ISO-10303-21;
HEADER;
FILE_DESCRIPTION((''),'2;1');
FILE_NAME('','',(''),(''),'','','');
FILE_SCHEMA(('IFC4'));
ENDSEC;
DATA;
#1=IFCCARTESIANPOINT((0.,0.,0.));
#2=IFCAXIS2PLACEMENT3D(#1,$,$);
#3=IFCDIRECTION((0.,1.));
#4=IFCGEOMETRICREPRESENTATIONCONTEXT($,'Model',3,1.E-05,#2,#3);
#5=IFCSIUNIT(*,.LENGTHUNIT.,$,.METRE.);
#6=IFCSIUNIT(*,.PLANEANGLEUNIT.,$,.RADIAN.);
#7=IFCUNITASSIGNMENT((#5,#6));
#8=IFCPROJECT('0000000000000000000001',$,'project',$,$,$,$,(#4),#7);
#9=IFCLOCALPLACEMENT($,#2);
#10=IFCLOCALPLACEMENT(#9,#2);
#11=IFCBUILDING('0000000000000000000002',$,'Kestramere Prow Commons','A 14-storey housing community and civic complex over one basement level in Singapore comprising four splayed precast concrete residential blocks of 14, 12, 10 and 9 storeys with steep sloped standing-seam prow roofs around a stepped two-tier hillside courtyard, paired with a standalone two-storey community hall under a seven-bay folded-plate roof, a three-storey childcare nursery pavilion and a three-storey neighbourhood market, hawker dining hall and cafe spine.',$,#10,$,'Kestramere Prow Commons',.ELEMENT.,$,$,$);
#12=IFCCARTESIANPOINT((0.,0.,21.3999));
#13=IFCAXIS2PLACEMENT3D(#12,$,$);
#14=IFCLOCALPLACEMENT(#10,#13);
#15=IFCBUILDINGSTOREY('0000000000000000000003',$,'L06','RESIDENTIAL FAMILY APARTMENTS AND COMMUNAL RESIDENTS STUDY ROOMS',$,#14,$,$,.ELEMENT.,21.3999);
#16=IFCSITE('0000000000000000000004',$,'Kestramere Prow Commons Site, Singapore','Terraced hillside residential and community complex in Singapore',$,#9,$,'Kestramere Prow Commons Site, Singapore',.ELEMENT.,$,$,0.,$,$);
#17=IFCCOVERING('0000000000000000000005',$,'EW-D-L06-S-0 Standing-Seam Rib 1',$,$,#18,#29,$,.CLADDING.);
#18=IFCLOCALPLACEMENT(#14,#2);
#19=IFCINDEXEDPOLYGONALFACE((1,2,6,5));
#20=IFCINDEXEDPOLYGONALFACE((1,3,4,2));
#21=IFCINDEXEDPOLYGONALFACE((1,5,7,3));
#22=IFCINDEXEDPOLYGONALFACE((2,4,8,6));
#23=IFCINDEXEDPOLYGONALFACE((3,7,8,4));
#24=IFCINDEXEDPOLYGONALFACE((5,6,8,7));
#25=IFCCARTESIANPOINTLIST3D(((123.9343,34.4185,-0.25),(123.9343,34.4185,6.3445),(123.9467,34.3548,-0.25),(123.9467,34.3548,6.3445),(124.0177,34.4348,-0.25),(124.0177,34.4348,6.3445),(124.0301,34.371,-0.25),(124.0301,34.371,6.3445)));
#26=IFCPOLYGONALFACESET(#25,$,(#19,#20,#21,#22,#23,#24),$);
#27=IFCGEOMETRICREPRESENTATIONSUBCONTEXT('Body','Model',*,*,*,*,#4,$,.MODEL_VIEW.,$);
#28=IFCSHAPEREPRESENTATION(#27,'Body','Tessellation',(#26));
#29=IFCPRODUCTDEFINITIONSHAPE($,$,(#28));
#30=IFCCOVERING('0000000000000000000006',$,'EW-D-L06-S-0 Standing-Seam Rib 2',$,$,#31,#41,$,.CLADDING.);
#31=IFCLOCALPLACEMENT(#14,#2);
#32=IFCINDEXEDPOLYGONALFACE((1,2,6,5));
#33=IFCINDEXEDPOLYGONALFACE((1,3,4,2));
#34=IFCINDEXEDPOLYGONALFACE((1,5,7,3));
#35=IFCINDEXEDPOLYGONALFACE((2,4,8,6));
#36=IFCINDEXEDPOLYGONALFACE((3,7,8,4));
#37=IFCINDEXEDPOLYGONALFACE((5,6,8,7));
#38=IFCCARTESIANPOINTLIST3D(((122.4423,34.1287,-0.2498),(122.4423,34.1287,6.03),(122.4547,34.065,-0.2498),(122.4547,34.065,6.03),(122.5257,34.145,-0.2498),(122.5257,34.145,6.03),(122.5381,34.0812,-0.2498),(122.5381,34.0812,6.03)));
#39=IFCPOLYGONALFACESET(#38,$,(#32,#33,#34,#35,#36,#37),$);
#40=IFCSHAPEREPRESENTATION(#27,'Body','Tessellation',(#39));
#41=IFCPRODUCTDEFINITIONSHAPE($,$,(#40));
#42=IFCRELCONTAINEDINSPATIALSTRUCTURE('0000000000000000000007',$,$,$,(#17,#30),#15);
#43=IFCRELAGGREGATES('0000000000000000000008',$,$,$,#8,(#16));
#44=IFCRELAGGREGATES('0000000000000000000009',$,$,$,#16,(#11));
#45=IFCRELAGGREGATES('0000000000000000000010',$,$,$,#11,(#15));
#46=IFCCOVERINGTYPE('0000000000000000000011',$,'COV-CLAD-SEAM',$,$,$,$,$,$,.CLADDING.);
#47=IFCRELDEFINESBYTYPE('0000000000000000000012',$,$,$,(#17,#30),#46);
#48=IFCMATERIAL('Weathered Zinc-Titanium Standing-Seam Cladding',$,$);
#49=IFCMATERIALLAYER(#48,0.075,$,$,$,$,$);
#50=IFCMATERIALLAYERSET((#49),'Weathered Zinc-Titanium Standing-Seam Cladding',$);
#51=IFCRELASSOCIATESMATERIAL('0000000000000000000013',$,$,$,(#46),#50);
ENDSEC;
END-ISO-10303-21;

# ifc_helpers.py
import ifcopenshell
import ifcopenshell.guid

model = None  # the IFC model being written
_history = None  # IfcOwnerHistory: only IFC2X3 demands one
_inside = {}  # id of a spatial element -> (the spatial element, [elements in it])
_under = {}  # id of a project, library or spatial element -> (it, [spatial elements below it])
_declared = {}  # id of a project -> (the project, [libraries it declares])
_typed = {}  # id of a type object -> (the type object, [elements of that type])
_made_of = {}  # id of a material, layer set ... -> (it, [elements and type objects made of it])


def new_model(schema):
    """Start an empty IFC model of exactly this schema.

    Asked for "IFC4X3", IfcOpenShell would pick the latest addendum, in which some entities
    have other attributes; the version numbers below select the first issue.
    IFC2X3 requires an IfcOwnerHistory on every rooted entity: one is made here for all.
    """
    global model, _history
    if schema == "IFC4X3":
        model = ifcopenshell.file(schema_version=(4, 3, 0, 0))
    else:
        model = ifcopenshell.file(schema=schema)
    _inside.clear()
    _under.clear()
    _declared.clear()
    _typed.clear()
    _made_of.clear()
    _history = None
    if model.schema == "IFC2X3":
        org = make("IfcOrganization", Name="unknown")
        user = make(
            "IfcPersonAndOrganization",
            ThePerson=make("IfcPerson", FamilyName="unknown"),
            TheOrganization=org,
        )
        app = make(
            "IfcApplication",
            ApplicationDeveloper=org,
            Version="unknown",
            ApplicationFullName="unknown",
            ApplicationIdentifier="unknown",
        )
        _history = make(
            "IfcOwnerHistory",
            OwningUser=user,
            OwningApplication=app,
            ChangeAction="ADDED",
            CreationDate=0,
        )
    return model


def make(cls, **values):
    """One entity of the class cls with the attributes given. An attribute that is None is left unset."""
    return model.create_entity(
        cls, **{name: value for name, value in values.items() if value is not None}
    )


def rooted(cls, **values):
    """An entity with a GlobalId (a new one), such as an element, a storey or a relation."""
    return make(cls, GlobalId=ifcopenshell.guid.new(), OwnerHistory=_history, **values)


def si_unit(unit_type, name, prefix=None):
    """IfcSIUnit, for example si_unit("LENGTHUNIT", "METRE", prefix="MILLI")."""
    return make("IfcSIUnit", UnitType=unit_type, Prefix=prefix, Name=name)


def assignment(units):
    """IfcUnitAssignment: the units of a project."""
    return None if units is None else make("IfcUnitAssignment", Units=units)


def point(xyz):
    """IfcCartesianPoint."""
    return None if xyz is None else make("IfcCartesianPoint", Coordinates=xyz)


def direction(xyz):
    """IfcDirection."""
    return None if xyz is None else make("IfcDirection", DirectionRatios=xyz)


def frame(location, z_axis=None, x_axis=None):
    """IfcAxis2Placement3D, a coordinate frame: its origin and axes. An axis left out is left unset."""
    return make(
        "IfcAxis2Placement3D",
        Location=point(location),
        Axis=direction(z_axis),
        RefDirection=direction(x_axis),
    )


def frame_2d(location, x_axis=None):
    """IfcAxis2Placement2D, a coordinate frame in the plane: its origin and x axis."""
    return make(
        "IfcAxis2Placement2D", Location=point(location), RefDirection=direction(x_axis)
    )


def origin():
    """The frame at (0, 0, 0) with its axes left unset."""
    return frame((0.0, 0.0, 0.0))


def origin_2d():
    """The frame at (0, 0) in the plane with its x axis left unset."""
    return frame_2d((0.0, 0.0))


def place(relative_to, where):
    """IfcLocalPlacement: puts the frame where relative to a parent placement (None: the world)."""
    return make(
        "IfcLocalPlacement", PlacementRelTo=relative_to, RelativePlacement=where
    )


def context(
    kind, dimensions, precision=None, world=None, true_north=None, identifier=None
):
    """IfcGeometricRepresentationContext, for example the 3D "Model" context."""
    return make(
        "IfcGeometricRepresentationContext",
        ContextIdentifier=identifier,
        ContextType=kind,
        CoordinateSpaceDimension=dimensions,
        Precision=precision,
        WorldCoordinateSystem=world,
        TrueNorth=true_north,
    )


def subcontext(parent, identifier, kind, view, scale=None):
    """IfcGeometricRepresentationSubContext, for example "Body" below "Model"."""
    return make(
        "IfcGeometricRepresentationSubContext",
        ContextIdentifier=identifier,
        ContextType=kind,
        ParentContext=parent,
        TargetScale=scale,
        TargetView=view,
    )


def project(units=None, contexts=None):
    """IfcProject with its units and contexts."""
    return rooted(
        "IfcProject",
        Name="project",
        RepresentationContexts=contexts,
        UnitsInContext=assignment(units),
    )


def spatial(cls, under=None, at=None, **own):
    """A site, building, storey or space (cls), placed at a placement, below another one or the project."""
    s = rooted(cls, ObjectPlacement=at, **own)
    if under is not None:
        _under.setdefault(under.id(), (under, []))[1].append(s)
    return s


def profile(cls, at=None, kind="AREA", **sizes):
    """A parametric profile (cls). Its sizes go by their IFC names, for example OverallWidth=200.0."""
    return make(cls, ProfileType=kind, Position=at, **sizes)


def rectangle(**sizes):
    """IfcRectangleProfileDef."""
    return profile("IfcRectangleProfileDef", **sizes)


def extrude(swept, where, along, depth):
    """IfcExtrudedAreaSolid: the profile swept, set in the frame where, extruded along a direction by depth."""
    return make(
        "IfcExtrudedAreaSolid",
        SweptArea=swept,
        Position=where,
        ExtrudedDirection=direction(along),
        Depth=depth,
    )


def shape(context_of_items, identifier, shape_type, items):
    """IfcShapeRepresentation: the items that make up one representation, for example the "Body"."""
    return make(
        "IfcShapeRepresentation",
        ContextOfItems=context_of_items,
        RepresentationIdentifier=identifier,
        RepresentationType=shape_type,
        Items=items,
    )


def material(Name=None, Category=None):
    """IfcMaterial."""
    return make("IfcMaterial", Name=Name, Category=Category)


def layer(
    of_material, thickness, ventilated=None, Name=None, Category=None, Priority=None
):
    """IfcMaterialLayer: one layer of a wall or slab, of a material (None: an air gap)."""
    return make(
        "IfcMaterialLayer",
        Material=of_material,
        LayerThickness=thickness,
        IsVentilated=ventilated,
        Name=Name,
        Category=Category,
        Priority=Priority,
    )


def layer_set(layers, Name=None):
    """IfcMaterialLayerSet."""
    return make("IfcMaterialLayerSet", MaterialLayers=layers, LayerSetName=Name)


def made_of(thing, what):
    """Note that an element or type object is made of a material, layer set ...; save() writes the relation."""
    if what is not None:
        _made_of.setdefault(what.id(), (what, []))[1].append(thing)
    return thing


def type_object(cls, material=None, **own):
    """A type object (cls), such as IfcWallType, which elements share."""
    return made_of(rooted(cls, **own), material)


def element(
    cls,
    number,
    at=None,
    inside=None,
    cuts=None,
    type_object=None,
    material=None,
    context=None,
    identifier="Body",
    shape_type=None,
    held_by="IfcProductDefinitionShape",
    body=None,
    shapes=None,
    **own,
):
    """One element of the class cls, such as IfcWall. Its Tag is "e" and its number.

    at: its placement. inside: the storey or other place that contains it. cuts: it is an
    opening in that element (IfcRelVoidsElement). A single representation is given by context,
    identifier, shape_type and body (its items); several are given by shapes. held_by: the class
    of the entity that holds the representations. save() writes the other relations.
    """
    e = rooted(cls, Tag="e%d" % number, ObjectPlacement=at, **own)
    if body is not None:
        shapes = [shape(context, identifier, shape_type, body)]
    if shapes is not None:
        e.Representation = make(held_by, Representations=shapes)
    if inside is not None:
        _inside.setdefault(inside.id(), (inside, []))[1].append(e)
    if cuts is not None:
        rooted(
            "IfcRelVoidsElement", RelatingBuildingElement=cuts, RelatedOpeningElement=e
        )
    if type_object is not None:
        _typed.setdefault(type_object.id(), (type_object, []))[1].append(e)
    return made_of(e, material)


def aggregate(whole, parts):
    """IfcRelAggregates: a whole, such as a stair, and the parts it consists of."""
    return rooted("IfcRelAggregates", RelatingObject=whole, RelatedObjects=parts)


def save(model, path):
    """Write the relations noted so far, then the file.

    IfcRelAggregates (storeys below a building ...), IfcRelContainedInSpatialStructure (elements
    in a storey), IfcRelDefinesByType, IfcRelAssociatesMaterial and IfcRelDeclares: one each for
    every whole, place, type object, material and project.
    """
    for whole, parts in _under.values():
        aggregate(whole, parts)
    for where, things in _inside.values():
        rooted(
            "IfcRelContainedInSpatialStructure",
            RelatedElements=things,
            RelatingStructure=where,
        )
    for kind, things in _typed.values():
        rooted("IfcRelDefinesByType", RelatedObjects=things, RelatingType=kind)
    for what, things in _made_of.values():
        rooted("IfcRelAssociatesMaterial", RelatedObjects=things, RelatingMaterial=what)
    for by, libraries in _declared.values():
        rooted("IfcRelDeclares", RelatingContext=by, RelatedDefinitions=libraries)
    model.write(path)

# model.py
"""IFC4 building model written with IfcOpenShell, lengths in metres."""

from ifc_helpers import new_model, si_unit, direction, frame, origin, origin_2d, place, context, subcontext, project, spatial, rectangle, extrude, material, layer, layer_set, type_object, element, save


model = new_model("IFC4")

# Units and contexts
model_context = context("Model", 3, precision=1e-05, world=origin(), true_north=direction((0.0, 1.0)))
body_context = subcontext(model_context, "Body", "Model", "MODEL_VIEW")
ifc_project = project(units=[si_unit("LENGTHUNIT", "METRE"), si_unit("PLANEANGLEUNIT", "RADIAN")], contexts=[model_context])

# Site, building, storey
site_placement = place(None, origin())
site = spatial("IfcSite", under=ifc_project, at=site_placement, Name="Kestramere Prow Commons Site, Singapore", Description="Terraced hillside residential and community complex in Singapore", LongName="Kestramere Prow Commons Site, Singapore", CompositionType="ELEMENT", RefElevation=0.0)
building_placement = place(site_placement, origin())
building = spatial("IfcBuilding", under=site, at=building_placement, Name="Kestramere Prow Commons", Description="A 14-storey housing community and civic complex over one basement level in Singapore comprising four splayed precast concrete residential blocks of 14, 12, 10 and 9 storeys with steep sloped standing-seam prow roofs around a stepped two-tier hillside courtyard, paired with a standalone two-storey community hall under a seven-bay folded-plate roof, a three-storey childcare nursery pavilion and a three-storey neighbourhood market, hawker dining hall and cafe spine.", LongName="Kestramere Prow Commons", CompositionType="ELEMENT")
storey_placement = place(building_placement, frame((0.0, 0.0, 21.3999)))
storey = spatial("IfcBuildingStorey", under=building, at=storey_placement, Name="L06", Description="RESIDENTIAL FAMILY APARTMENTS AND COMMUNAL RESIDENTS STUDY ROOMS", CompositionType="ELEMENT", Elevation=21.3999)

# Coverings
ifc_material_1 = material(Name="Weathered Zinc-Titanium Standing-Seam Cladding")
ifc_layer_1 = layer(ifc_material_1, 0.075)
ifc_layer_set_1 = layer_set([ifc_layer_1], Name="Weathered Zinc-Titanium Standing-Seam Cladding")
covering_type = type_object("IfcCoveringType", Name="COV-CLAD-SEAM", PredefinedType="CLADDING", material=ifc_layer_set_1)
covering_1_placement = place(storey_placement, frame((123.9822, 34.3948, -0.25), z_axis=(0.0, 0.0, 1.0), x_axis=(-0.981627, -0.190809, 0.0)))
element("IfcCovering", 1, at=covering_1_placement, inside=storey, type_object=covering_type, Name="EW-D-L06-S-0 Standing-Seam Rib 1", PredefinedType="CLADDING", context=body_context, shape_type="SweptSolid", body=[
    extrude(rectangle(XDim=0.085, YDim=0.0649, at=origin_2d()), origin(), (0.0, 0.0, 1.0), 6.5945),
])
covering_2_placement = place(storey_placement, frame((122.4902, 34.105, -0.2498), z_axis=(0.0, 0.0, 1.0), x_axis=(-0.981627, -0.190809, 0.0)))
element("IfcCovering", 2, at=covering_2_placement, inside=storey, type_object=covering_type, Name="EW-D-L06-S-0 Standing-Seam Rib 2", PredefinedType="CLADDING", context=body_context, shape_type="SweptSolid", body=[
    extrude(rectangle(XDim=0.085, YDim=0.0649, at=origin_2d()), origin(), (0.0, 0.0, 1.0), 6.2798),
])

save(model, "model.ifc")
